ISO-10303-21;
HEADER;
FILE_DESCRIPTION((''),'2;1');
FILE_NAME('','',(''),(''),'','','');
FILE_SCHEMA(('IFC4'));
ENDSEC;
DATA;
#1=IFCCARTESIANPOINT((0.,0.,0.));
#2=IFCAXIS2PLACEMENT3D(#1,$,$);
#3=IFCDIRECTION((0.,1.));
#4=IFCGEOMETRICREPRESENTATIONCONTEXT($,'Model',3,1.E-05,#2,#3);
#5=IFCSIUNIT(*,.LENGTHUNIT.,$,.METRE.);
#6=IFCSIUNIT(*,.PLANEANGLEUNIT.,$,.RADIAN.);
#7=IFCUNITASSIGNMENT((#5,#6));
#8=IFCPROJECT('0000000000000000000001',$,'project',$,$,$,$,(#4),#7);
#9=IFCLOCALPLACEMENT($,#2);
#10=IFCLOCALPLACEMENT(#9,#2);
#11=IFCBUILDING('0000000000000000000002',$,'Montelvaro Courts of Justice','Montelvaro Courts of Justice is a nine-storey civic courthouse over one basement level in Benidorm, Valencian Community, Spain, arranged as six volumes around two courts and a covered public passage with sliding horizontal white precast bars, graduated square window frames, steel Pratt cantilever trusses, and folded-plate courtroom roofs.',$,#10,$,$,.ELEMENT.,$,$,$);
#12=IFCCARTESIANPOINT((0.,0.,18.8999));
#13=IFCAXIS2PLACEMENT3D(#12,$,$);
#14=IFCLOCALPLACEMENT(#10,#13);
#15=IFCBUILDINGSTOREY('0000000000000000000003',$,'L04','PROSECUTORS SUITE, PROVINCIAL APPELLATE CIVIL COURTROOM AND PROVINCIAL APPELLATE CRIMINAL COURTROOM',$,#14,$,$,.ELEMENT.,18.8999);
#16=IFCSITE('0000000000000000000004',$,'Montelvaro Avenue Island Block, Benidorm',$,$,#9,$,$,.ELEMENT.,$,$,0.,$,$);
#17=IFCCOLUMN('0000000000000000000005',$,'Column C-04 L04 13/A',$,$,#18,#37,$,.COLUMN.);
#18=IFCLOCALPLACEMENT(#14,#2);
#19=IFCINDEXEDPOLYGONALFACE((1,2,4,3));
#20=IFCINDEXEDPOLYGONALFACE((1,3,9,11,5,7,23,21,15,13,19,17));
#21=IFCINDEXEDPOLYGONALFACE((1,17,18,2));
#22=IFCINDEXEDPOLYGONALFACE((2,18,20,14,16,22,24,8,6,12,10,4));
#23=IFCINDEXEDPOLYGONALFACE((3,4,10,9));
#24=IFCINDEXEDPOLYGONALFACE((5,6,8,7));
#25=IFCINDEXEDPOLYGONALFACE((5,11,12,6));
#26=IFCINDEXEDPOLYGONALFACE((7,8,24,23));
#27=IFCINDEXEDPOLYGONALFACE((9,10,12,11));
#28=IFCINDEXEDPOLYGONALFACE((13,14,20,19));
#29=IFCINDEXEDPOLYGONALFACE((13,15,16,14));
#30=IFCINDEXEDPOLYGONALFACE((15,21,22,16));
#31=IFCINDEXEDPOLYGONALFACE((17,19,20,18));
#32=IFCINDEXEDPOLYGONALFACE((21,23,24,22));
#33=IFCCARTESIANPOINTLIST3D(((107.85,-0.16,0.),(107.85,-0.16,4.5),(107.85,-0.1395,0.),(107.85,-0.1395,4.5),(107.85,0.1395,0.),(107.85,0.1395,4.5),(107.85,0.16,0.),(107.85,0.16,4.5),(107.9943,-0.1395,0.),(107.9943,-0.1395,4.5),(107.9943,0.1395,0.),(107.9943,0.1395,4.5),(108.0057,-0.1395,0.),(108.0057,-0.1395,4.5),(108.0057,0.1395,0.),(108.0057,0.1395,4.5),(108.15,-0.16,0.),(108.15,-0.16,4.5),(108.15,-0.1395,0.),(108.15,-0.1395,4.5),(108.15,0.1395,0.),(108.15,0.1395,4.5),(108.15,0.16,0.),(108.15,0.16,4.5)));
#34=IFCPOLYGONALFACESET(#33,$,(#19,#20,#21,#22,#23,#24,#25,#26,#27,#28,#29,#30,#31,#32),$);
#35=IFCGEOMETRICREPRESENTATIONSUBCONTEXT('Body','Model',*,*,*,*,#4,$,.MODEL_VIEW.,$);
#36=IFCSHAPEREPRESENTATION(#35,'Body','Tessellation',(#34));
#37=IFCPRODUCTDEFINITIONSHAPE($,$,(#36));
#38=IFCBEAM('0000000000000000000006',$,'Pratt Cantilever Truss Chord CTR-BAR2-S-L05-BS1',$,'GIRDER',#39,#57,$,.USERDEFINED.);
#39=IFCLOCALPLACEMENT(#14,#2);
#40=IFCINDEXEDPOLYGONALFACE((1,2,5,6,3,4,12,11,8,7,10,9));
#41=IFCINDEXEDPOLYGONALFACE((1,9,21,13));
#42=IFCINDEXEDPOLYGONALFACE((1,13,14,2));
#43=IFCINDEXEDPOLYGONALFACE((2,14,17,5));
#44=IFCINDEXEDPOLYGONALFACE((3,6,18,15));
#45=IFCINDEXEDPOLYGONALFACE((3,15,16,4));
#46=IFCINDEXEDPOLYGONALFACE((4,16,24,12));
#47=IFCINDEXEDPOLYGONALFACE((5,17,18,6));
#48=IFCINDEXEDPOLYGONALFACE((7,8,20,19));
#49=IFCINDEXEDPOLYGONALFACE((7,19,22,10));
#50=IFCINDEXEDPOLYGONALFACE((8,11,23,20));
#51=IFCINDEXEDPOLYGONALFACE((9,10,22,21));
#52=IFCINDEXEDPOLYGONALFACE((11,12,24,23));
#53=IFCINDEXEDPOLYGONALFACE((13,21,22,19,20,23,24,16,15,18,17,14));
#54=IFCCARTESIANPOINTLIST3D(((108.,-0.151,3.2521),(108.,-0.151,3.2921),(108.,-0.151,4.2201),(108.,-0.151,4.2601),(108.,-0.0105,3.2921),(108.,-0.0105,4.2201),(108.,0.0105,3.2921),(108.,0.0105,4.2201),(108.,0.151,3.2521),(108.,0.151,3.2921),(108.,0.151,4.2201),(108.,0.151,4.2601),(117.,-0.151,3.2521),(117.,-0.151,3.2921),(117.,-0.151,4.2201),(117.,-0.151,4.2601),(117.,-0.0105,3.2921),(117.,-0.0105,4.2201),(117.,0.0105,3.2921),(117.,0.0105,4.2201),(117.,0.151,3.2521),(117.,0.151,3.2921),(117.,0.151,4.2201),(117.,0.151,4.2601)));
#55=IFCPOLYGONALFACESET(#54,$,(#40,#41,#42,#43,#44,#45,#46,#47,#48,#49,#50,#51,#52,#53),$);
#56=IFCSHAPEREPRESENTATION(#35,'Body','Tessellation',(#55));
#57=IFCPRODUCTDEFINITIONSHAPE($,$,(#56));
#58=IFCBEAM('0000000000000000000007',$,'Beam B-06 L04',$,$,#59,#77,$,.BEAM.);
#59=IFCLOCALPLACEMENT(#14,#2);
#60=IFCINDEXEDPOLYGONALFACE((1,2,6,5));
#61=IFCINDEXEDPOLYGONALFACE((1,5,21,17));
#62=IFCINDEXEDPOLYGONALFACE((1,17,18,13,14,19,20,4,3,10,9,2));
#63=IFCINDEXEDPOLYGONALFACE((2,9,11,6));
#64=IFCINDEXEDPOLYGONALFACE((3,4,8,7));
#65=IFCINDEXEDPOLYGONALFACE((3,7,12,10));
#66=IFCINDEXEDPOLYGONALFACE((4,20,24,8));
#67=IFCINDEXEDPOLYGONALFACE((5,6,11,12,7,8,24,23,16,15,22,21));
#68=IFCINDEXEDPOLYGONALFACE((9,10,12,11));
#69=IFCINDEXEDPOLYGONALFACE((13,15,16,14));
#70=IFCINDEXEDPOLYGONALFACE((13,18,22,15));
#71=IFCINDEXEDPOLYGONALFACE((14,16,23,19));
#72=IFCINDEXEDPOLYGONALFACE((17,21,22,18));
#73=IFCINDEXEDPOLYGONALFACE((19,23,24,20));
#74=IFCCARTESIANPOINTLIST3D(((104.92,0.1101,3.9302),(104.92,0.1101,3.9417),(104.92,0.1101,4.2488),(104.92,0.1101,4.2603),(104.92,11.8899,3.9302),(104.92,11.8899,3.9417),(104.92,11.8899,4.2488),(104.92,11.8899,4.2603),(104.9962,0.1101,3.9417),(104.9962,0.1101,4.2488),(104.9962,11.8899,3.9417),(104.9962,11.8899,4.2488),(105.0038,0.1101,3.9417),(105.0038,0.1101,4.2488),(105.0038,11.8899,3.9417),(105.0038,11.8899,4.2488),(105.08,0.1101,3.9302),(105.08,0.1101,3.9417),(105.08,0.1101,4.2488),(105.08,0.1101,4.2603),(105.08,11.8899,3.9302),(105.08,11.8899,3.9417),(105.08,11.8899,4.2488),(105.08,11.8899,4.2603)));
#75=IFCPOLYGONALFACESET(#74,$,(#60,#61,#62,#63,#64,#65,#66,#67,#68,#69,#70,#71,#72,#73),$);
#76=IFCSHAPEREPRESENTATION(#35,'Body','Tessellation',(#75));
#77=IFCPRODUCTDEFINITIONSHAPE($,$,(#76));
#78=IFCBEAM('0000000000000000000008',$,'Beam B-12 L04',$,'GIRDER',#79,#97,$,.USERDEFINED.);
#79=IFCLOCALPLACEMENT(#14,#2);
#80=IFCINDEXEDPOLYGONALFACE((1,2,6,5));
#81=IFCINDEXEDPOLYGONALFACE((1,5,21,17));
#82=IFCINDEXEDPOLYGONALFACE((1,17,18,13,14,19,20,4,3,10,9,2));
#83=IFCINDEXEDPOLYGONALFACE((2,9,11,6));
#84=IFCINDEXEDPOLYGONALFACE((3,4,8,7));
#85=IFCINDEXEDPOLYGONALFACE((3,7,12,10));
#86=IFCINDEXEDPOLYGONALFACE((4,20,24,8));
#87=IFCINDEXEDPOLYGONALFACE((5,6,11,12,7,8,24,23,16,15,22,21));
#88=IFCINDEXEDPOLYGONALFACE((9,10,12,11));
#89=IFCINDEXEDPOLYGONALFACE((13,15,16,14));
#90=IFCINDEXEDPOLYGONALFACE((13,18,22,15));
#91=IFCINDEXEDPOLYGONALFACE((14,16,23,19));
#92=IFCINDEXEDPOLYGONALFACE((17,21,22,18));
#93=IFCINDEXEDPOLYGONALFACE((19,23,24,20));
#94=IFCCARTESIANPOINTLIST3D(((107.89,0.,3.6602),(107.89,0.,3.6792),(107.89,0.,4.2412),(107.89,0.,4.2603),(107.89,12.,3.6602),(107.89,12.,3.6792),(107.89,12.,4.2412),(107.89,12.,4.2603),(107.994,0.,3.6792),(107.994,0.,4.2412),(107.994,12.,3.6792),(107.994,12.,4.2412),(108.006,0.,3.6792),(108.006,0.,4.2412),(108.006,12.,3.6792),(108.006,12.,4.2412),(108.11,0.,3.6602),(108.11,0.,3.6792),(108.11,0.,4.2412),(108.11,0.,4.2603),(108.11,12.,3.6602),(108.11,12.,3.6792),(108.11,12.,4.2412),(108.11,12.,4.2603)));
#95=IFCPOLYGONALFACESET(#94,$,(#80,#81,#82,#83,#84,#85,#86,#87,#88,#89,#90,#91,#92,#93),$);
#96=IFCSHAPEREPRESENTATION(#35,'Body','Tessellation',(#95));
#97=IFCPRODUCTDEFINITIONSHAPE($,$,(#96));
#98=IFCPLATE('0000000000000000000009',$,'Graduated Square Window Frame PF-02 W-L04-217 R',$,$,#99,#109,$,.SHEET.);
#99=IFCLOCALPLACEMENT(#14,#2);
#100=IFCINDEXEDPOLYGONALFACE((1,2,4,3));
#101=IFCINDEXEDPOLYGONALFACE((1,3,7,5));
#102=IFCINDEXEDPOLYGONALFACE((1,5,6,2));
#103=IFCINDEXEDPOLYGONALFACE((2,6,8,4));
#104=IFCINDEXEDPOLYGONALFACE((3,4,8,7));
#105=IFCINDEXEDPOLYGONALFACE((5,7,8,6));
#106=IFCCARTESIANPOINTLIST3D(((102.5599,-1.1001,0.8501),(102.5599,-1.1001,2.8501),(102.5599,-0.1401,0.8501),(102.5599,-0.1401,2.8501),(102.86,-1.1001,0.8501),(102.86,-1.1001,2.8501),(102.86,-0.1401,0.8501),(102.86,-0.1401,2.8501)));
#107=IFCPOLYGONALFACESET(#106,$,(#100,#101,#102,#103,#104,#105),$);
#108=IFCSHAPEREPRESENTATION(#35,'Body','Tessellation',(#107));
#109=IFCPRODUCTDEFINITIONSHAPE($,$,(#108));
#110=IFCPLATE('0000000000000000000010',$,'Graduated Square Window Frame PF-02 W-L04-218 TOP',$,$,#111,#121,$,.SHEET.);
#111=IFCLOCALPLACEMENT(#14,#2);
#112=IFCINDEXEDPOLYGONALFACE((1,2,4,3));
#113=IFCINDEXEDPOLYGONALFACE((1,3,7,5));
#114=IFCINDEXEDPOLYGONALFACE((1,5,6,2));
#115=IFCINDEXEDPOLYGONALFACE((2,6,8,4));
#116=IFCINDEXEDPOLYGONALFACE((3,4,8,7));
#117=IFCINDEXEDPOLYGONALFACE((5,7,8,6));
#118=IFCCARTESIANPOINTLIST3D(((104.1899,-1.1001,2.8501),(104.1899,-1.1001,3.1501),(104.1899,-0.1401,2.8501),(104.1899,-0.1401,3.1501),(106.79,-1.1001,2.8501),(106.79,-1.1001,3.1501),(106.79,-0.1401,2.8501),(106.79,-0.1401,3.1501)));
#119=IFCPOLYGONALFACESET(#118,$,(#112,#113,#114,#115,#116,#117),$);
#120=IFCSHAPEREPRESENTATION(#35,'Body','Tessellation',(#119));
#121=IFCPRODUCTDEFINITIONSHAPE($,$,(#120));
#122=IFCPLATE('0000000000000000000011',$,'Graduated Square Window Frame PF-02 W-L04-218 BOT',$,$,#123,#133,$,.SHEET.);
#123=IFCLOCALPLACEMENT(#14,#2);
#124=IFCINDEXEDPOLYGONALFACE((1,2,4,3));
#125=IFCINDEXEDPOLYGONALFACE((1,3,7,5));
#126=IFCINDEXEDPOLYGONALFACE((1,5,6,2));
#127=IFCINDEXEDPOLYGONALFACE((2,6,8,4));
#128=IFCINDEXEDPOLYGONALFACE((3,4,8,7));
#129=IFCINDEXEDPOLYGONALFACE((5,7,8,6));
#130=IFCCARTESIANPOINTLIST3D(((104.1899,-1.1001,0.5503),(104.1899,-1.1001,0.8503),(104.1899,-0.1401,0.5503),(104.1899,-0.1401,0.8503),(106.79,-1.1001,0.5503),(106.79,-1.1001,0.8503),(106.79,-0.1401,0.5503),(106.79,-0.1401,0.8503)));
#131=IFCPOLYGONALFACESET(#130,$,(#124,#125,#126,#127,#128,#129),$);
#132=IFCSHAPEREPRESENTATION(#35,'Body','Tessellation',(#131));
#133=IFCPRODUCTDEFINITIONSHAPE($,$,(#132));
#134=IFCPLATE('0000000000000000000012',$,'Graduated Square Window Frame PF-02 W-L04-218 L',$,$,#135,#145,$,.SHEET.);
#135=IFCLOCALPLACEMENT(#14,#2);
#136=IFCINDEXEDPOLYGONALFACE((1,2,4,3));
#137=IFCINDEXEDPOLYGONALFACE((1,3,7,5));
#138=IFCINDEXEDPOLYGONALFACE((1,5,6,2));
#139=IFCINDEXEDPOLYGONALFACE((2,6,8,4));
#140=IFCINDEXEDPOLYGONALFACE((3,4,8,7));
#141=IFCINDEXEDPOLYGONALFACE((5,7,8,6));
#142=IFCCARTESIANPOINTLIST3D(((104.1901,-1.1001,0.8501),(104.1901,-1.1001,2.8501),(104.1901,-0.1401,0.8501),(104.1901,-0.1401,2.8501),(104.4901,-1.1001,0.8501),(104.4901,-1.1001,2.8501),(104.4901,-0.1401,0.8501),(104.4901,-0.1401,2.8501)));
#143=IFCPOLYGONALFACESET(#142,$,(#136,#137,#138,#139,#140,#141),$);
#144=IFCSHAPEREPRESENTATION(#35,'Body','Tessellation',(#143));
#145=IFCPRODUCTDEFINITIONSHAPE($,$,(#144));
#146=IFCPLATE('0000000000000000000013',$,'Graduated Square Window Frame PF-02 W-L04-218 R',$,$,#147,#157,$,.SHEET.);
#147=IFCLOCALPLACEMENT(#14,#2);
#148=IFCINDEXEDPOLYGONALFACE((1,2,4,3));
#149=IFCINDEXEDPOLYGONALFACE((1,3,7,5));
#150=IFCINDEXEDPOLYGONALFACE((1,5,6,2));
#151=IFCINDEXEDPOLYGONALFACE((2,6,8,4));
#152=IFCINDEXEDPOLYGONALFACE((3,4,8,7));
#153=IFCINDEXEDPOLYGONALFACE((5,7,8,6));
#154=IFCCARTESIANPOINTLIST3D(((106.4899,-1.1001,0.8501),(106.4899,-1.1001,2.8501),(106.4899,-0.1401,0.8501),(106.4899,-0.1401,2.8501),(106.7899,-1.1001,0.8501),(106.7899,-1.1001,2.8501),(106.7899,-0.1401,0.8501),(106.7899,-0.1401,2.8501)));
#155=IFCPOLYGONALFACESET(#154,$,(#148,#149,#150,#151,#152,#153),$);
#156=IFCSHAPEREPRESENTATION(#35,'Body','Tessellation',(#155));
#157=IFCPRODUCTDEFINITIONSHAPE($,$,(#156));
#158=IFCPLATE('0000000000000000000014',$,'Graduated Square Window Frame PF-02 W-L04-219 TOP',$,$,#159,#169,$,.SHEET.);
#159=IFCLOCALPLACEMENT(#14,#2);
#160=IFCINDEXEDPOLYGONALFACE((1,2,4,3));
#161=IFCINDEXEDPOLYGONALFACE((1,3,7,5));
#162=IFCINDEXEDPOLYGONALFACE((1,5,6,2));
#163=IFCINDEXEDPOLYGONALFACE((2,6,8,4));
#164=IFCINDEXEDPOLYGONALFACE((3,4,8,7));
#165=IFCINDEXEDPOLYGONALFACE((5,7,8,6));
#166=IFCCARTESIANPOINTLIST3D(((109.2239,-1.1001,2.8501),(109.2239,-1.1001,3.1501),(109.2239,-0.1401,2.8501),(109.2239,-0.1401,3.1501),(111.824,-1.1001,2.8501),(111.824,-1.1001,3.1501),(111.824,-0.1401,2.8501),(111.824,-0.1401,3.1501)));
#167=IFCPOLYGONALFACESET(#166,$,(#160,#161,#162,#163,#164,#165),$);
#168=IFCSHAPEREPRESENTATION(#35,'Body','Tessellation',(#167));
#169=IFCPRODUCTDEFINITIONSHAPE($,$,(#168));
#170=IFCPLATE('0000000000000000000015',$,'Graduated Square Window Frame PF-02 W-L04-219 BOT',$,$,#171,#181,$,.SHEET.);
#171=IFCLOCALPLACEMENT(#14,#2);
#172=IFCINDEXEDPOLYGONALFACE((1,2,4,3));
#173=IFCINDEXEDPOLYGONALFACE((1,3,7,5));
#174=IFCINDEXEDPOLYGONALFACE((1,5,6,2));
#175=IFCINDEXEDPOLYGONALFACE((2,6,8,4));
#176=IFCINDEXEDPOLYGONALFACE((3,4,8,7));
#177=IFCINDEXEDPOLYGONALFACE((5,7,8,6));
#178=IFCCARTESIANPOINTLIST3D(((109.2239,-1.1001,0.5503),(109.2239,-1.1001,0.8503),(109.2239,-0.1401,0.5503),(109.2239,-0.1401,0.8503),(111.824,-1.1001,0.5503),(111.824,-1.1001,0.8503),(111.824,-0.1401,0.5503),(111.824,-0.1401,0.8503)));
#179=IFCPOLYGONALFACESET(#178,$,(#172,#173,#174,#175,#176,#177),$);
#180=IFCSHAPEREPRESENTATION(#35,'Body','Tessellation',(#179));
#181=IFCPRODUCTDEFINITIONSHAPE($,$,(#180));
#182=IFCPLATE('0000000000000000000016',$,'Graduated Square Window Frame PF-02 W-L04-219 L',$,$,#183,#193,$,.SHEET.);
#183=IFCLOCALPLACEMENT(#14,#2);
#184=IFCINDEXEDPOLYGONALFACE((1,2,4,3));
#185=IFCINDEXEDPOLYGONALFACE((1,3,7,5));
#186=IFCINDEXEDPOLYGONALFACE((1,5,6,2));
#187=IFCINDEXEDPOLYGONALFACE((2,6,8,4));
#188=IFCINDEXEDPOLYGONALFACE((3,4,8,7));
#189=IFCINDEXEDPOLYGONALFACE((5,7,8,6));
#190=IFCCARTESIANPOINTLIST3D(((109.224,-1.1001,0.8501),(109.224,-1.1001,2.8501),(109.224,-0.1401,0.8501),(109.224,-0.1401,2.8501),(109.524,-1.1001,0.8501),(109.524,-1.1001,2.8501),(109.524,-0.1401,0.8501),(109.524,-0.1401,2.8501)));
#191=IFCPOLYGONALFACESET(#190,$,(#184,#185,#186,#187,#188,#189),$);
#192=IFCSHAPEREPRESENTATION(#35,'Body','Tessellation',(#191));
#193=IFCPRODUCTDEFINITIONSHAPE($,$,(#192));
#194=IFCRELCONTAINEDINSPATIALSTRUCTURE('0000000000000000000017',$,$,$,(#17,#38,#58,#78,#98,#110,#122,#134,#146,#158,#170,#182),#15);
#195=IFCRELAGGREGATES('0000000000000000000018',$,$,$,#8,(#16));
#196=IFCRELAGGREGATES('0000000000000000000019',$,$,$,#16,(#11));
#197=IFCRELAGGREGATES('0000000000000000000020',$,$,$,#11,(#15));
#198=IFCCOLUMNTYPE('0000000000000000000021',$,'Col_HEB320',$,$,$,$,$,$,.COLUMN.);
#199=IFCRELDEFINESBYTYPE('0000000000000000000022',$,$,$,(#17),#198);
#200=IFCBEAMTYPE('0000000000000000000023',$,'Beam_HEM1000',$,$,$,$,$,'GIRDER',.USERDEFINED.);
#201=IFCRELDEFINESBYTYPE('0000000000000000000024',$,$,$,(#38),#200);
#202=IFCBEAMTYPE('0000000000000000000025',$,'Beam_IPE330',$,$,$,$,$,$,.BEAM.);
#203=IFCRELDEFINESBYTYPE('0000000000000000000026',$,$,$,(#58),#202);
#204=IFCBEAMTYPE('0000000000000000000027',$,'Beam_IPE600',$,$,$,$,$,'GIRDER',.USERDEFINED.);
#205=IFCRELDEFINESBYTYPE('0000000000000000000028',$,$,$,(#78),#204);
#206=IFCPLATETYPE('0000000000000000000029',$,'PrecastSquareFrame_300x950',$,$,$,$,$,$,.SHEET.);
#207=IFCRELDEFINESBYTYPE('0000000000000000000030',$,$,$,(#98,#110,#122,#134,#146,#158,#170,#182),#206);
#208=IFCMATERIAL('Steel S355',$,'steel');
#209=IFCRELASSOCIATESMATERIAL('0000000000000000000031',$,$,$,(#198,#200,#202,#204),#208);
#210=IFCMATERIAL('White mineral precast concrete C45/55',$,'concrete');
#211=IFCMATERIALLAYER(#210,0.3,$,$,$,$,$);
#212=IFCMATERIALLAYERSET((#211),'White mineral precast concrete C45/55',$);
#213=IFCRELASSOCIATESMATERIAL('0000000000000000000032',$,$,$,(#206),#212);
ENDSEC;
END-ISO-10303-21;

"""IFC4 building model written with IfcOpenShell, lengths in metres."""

from ifc_helpers import new_model, si_unit, direction, frame, origin, origin_2d, place, context, subcontext, project, spatial, rectangle, i_section, extrude, material, layer, layer_set, material_profile, profile_set, type_object, element, save


model = new_model("IFC4")

# Units and contexts
model_context = context("Model", 3, precision=1e-05, world=origin(), true_north=direction((0.0, 1.0)))
body_context = subcontext(model_context, "Body", "Model", "MODEL_VIEW")
ifc_project = project(units=[si_unit("LENGTHUNIT", "METRE"), si_unit("PLANEANGLEUNIT", "RADIAN")], contexts=[model_context])

# Site, building, storey
site_placement = place(None, origin())
site = spatial("IfcSite", under=ifc_project, at=site_placement, Name="Montelvaro Avenue Island Block, Benidorm", CompositionType="ELEMENT", RefElevation=0.0)
building_placement = place(site_placement, origin())
building = spatial("IfcBuilding", under=site, at=building_placement, Name="Montelvaro Courts of Justice", Description="Montelvaro Courts of Justice is a nine-storey civic courthouse over one basement level in Benidorm, Valencian Community, Spain, arranged as six volumes around two courts and a covered public passage with sliding horizontal white precast bars, graduated square window frames, steel Pratt cantilever trusses, and folded-plate courtroom roofs.", CompositionType="ELEMENT")
storey_placement = place(building_placement, frame((0.0, 0.0, 18.8999)))
storey = spatial("IfcBuildingStorey", under=building, at=storey_placement, Name="L04", Description="PROSECUTORS SUITE, PROVINCIAL APPELLATE CIVIL COURTROOM AND PROVINCIAL APPELLATE CRIMINAL COURTROOM", CompositionType="ELEMENT", Elevation=18.8999)

# Column
ifc_material_1 = material(Name="Steel S355", Category="steel")
ifc_material_profile_1 = material_profile(ifc_material_1, i_section(OverallWidth=0.3, OverallDepth=0.3201, WebThickness=0.0115, FlangeThickness=0.0205, at=origin_2d()), Name="HEB 320")
ifc_profile_set_1 = profile_set([ifc_material_profile_1], Name="Steel S355")
column_type = type_object("IfcColumnType", Name="Col_HEB320", PredefinedType="COLUMN", material=ifc_profile_set_1)
column_placement = place(storey_placement, frame((108.0, 0.0, 0.0), z_axis=(0.0, 0.0, 1.0), x_axis=(1.0, 0.0, 0.0)))
element("IfcColumn", 1, at=column_placement, inside=storey, type_object=column_type, Name="Column C-04 L04 13/A", PredefinedType="COLUMN", context=body_context, shape_type="SweptSolid", body=[
    extrude(i_section(OverallWidth=0.3, OverallDepth=0.3201, WebThickness=0.0115, FlangeThickness=0.0205, at=origin_2d()), origin(), (0.0, 0.0, 1.0), 4.5),
])

# Beams
ifc_material_profile_2 = material_profile(ifc_material_1, i_section(OverallWidth=0.302, OverallDepth=1.0081, WebThickness=0.021, FlangeThickness=0.04, at=origin_2d()), Name="HEM 1000")
ifc_profile_set_2 = profile_set([ifc_material_profile_2], Name="Steel S355")
beam_type_1 = type_object("IfcBeamType", Name="Beam_HEM1000", ElementType="GIRDER", PredefinedType="USERDEFINED", material=ifc_profile_set_2)
beam_1_placement = place(storey_placement, frame((108.0, 0.0, 3.7561), z_axis=(1.0, 0.0, 0.0), x_axis=(0.0, 1.0, 0.0)))
element("IfcBeam", 2, at=beam_1_placement, inside=storey, type_object=beam_type_1, Name="Pratt Cantilever Truss Chord CTR-BAR2-S-L05-BS1", ObjectType="GIRDER", PredefinedType="USERDEFINED", context=body_context, shape_type="SweptSolid", body=[
    extrude(i_section(OverallWidth=0.302, OverallDepth=1.0081, WebThickness=0.021, FlangeThickness=0.04, at=origin_2d()), origin(), (0.0, 0.0, 1.0), 9.0),
])
ifc_material_profile_3 = material_profile(ifc_material_1, i_section(OverallWidth=0.1599, OverallDepth=0.3301, WebThickness=0.0076, FlangeThickness=0.0115, at=origin_2d()), Name="IPE 330")
ifc_profile_set_3 = profile_set([ifc_material_profile_3], Name="Steel S355")
beam_type_2 = type_object("IfcBeamType", Name="Beam_IPE330", PredefinedType="BEAM", material=ifc_profile_set_3)
beam_2_placement = place(storey_placement, frame((105.0, 0.1101, 4.0952), z_axis=(0.0, 1.0, 0.0), x_axis=(-1.0, 0.0, 0.0)))
element("IfcBeam", 3, at=beam_2_placement, inside=storey, type_object=beam_type_2, Name="Beam B-06 L04", PredefinedType="BEAM", context=body_context, shape_type="SweptSolid", body=[
    extrude(i_section(OverallWidth=0.1599, OverallDepth=0.3301, WebThickness=0.0076, FlangeThickness=0.0115, at=origin_2d()), origin(), (0.0, 0.0, 1.0), 11.7798),
])
ifc_material_profile_4 = material_profile(ifc_material_1, i_section(OverallWidth=0.22, OverallDepth=0.6001, WebThickness=0.012, FlangeThickness=0.019, at=origin_2d()), Name="IPE 600")
ifc_profile_set_4 = profile_set([ifc_material_profile_4], Name="Steel S355")
beam_type_3 = type_object("IfcBeamType", Name="Beam_IPE600", ElementType="GIRDER", PredefinedType="USERDEFINED", material=ifc_profile_set_4)
beam_3_placement = place(storey_placement, frame((108.0, 0.0, 3.9602), z_axis=(0.0, 1.0, 0.0), x_axis=(-1.0, 0.0, 0.0)))
element("IfcBeam", 4, at=beam_3_placement, inside=storey, type_object=beam_type_3, Name="Beam B-12 L04", ObjectType="GIRDER", PredefinedType="USERDEFINED", context=body_context, shape_type="SweptSolid", body=[
    extrude(i_section(OverallWidth=0.22, OverallDepth=0.6001, WebThickness=0.012, FlangeThickness=0.019, at=origin_2d()), origin(), (0.0, 0.0, 1.0), 12.0),
])

# Plates
ifc_material_2 = material(Name="White mineral precast concrete C45/55", Category="concrete")
ifc_layer_1 = layer(ifc_material_2, 0.3)
ifc_layer_set_1 = layer_set([ifc_layer_1], Name="White mineral precast concrete C45/55")
plate_type = type_object("IfcPlateType", Name="PrecastSquareFrame_300x950", PredefinedType="SHEET", material=ifc_layer_set_1)
plate_placement = place(storey_placement, frame((102.71, -0.6201, 0.8501), z_axis=(0.0, 0.0, 1.0), x_axis=(1.0, 0.0, 0.0)))
element("IfcPlate", 5, at=plate_placement, inside=storey, type_object=plate_type, Name="Graduated Square Window Frame PF-02 W-L04-217 R", PredefinedType="SHEET", context=body_context, shape_type="SweptSolid", body=[
    extrude(rectangle(XDim=0.3, YDim=0.96, at=origin_2d()), origin(), (0.0, 0.0, 1.0), 2.0),
])
for number, where, z_axis, x_axis, name in (
    (6, (105.49, -0.6201, 2.8501), (0.0, 0.0, 1.0), (1.0, 0.0, 0.0), "Graduated Square Window Frame PF-02 W-L04-218 TOP"),
    (7, (105.49, -0.6201, 0.5503), (0.0, 0.0, 1.0), (1.0, 0.0, 0.0), "Graduated Square Window Frame PF-02 W-L04-218 BOT"),
):
    element("IfcPlate", number, at=place(storey_placement, frame(where, z_axis=z_axis, x_axis=x_axis)), inside=storey, type_object=plate_type, Name=name, PredefinedType="SHEET", context=body_context, shape_type="SweptSolid", body=[
        extrude(rectangle(XDim=2.6001, YDim=0.96, at=origin_2d()), origin(), (0.0, 0.0, 1.0), 0.3),
    ])
for number, where, z_axis, x_axis, name in (
    (8, (104.3401, -0.6201, 0.8501), (0.0, 0.0, 1.0), (1.0, 0.0, 0.0), "Graduated Square Window Frame PF-02 W-L04-218 L"),
    (9, (106.6399, -0.6201, 0.8501), (0.0, 0.0, 1.0), (1.0, 0.0, 0.0), "Graduated Square Window Frame PF-02 W-L04-218 R"),
):
    element("IfcPlate", number, at=place(storey_placement, frame(where, z_axis=z_axis, x_axis=x_axis)), inside=storey, type_object=plate_type, Name=name, PredefinedType="SHEET", context=body_context, shape_type="SweptSolid", body=[
        extrude(rectangle(XDim=0.3, YDim=0.96, at=origin_2d()), origin(), (0.0, 0.0, 1.0), 2.0),
    ])
for number, where, z_axis, x_axis, name in (
    (10, (110.5239, -0.6201, 2.8501), (0.0, 0.0, 1.0), (1.0, 0.0, 0.0), "Graduated Square Window Frame PF-02 W-L04-219 TOP"),
    (11, (110.5239, -0.6201, 0.5503), (0.0, 0.0, 1.0), (1.0, 0.0, 0.0), "Graduated Square Window Frame PF-02 W-L04-219 BOT"),
):
    element("IfcPlate", number, at=place(storey_placement, frame(where, z_axis=z_axis, x_axis=x_axis)), inside=storey, type_object=plate_type, Name=name, PredefinedType="SHEET", context=body_context, shape_type="SweptSolid", body=[
        extrude(rectangle(XDim=2.6001, YDim=0.96, at=origin_2d()), origin(), (0.0, 0.0, 1.0), 0.3),
    ])
for number, where, z_axis, x_axis, name in (
    (12, (109.374, -0.6201, 0.8501), (0.0, 0.0, 1.0), (1.0, 0.0, 0.0), "Graduated Square Window Frame PF-02 W-L04-219 L"),
):
    element("IfcPlate", number, at=place(storey_placement, frame(where, z_axis=z_axis, x_axis=x_axis)), inside=storey, type_object=plate_type, Name=name, PredefinedType="SHEET", context=body_context, shape_type="SweptSolid", body=[
        extrude(rectangle(XDim=0.3, YDim=0.96, at=origin_2d()), origin(), (0.0, 0.0, 1.0), 2.0),
    ])

save(model, "model.ifc")
